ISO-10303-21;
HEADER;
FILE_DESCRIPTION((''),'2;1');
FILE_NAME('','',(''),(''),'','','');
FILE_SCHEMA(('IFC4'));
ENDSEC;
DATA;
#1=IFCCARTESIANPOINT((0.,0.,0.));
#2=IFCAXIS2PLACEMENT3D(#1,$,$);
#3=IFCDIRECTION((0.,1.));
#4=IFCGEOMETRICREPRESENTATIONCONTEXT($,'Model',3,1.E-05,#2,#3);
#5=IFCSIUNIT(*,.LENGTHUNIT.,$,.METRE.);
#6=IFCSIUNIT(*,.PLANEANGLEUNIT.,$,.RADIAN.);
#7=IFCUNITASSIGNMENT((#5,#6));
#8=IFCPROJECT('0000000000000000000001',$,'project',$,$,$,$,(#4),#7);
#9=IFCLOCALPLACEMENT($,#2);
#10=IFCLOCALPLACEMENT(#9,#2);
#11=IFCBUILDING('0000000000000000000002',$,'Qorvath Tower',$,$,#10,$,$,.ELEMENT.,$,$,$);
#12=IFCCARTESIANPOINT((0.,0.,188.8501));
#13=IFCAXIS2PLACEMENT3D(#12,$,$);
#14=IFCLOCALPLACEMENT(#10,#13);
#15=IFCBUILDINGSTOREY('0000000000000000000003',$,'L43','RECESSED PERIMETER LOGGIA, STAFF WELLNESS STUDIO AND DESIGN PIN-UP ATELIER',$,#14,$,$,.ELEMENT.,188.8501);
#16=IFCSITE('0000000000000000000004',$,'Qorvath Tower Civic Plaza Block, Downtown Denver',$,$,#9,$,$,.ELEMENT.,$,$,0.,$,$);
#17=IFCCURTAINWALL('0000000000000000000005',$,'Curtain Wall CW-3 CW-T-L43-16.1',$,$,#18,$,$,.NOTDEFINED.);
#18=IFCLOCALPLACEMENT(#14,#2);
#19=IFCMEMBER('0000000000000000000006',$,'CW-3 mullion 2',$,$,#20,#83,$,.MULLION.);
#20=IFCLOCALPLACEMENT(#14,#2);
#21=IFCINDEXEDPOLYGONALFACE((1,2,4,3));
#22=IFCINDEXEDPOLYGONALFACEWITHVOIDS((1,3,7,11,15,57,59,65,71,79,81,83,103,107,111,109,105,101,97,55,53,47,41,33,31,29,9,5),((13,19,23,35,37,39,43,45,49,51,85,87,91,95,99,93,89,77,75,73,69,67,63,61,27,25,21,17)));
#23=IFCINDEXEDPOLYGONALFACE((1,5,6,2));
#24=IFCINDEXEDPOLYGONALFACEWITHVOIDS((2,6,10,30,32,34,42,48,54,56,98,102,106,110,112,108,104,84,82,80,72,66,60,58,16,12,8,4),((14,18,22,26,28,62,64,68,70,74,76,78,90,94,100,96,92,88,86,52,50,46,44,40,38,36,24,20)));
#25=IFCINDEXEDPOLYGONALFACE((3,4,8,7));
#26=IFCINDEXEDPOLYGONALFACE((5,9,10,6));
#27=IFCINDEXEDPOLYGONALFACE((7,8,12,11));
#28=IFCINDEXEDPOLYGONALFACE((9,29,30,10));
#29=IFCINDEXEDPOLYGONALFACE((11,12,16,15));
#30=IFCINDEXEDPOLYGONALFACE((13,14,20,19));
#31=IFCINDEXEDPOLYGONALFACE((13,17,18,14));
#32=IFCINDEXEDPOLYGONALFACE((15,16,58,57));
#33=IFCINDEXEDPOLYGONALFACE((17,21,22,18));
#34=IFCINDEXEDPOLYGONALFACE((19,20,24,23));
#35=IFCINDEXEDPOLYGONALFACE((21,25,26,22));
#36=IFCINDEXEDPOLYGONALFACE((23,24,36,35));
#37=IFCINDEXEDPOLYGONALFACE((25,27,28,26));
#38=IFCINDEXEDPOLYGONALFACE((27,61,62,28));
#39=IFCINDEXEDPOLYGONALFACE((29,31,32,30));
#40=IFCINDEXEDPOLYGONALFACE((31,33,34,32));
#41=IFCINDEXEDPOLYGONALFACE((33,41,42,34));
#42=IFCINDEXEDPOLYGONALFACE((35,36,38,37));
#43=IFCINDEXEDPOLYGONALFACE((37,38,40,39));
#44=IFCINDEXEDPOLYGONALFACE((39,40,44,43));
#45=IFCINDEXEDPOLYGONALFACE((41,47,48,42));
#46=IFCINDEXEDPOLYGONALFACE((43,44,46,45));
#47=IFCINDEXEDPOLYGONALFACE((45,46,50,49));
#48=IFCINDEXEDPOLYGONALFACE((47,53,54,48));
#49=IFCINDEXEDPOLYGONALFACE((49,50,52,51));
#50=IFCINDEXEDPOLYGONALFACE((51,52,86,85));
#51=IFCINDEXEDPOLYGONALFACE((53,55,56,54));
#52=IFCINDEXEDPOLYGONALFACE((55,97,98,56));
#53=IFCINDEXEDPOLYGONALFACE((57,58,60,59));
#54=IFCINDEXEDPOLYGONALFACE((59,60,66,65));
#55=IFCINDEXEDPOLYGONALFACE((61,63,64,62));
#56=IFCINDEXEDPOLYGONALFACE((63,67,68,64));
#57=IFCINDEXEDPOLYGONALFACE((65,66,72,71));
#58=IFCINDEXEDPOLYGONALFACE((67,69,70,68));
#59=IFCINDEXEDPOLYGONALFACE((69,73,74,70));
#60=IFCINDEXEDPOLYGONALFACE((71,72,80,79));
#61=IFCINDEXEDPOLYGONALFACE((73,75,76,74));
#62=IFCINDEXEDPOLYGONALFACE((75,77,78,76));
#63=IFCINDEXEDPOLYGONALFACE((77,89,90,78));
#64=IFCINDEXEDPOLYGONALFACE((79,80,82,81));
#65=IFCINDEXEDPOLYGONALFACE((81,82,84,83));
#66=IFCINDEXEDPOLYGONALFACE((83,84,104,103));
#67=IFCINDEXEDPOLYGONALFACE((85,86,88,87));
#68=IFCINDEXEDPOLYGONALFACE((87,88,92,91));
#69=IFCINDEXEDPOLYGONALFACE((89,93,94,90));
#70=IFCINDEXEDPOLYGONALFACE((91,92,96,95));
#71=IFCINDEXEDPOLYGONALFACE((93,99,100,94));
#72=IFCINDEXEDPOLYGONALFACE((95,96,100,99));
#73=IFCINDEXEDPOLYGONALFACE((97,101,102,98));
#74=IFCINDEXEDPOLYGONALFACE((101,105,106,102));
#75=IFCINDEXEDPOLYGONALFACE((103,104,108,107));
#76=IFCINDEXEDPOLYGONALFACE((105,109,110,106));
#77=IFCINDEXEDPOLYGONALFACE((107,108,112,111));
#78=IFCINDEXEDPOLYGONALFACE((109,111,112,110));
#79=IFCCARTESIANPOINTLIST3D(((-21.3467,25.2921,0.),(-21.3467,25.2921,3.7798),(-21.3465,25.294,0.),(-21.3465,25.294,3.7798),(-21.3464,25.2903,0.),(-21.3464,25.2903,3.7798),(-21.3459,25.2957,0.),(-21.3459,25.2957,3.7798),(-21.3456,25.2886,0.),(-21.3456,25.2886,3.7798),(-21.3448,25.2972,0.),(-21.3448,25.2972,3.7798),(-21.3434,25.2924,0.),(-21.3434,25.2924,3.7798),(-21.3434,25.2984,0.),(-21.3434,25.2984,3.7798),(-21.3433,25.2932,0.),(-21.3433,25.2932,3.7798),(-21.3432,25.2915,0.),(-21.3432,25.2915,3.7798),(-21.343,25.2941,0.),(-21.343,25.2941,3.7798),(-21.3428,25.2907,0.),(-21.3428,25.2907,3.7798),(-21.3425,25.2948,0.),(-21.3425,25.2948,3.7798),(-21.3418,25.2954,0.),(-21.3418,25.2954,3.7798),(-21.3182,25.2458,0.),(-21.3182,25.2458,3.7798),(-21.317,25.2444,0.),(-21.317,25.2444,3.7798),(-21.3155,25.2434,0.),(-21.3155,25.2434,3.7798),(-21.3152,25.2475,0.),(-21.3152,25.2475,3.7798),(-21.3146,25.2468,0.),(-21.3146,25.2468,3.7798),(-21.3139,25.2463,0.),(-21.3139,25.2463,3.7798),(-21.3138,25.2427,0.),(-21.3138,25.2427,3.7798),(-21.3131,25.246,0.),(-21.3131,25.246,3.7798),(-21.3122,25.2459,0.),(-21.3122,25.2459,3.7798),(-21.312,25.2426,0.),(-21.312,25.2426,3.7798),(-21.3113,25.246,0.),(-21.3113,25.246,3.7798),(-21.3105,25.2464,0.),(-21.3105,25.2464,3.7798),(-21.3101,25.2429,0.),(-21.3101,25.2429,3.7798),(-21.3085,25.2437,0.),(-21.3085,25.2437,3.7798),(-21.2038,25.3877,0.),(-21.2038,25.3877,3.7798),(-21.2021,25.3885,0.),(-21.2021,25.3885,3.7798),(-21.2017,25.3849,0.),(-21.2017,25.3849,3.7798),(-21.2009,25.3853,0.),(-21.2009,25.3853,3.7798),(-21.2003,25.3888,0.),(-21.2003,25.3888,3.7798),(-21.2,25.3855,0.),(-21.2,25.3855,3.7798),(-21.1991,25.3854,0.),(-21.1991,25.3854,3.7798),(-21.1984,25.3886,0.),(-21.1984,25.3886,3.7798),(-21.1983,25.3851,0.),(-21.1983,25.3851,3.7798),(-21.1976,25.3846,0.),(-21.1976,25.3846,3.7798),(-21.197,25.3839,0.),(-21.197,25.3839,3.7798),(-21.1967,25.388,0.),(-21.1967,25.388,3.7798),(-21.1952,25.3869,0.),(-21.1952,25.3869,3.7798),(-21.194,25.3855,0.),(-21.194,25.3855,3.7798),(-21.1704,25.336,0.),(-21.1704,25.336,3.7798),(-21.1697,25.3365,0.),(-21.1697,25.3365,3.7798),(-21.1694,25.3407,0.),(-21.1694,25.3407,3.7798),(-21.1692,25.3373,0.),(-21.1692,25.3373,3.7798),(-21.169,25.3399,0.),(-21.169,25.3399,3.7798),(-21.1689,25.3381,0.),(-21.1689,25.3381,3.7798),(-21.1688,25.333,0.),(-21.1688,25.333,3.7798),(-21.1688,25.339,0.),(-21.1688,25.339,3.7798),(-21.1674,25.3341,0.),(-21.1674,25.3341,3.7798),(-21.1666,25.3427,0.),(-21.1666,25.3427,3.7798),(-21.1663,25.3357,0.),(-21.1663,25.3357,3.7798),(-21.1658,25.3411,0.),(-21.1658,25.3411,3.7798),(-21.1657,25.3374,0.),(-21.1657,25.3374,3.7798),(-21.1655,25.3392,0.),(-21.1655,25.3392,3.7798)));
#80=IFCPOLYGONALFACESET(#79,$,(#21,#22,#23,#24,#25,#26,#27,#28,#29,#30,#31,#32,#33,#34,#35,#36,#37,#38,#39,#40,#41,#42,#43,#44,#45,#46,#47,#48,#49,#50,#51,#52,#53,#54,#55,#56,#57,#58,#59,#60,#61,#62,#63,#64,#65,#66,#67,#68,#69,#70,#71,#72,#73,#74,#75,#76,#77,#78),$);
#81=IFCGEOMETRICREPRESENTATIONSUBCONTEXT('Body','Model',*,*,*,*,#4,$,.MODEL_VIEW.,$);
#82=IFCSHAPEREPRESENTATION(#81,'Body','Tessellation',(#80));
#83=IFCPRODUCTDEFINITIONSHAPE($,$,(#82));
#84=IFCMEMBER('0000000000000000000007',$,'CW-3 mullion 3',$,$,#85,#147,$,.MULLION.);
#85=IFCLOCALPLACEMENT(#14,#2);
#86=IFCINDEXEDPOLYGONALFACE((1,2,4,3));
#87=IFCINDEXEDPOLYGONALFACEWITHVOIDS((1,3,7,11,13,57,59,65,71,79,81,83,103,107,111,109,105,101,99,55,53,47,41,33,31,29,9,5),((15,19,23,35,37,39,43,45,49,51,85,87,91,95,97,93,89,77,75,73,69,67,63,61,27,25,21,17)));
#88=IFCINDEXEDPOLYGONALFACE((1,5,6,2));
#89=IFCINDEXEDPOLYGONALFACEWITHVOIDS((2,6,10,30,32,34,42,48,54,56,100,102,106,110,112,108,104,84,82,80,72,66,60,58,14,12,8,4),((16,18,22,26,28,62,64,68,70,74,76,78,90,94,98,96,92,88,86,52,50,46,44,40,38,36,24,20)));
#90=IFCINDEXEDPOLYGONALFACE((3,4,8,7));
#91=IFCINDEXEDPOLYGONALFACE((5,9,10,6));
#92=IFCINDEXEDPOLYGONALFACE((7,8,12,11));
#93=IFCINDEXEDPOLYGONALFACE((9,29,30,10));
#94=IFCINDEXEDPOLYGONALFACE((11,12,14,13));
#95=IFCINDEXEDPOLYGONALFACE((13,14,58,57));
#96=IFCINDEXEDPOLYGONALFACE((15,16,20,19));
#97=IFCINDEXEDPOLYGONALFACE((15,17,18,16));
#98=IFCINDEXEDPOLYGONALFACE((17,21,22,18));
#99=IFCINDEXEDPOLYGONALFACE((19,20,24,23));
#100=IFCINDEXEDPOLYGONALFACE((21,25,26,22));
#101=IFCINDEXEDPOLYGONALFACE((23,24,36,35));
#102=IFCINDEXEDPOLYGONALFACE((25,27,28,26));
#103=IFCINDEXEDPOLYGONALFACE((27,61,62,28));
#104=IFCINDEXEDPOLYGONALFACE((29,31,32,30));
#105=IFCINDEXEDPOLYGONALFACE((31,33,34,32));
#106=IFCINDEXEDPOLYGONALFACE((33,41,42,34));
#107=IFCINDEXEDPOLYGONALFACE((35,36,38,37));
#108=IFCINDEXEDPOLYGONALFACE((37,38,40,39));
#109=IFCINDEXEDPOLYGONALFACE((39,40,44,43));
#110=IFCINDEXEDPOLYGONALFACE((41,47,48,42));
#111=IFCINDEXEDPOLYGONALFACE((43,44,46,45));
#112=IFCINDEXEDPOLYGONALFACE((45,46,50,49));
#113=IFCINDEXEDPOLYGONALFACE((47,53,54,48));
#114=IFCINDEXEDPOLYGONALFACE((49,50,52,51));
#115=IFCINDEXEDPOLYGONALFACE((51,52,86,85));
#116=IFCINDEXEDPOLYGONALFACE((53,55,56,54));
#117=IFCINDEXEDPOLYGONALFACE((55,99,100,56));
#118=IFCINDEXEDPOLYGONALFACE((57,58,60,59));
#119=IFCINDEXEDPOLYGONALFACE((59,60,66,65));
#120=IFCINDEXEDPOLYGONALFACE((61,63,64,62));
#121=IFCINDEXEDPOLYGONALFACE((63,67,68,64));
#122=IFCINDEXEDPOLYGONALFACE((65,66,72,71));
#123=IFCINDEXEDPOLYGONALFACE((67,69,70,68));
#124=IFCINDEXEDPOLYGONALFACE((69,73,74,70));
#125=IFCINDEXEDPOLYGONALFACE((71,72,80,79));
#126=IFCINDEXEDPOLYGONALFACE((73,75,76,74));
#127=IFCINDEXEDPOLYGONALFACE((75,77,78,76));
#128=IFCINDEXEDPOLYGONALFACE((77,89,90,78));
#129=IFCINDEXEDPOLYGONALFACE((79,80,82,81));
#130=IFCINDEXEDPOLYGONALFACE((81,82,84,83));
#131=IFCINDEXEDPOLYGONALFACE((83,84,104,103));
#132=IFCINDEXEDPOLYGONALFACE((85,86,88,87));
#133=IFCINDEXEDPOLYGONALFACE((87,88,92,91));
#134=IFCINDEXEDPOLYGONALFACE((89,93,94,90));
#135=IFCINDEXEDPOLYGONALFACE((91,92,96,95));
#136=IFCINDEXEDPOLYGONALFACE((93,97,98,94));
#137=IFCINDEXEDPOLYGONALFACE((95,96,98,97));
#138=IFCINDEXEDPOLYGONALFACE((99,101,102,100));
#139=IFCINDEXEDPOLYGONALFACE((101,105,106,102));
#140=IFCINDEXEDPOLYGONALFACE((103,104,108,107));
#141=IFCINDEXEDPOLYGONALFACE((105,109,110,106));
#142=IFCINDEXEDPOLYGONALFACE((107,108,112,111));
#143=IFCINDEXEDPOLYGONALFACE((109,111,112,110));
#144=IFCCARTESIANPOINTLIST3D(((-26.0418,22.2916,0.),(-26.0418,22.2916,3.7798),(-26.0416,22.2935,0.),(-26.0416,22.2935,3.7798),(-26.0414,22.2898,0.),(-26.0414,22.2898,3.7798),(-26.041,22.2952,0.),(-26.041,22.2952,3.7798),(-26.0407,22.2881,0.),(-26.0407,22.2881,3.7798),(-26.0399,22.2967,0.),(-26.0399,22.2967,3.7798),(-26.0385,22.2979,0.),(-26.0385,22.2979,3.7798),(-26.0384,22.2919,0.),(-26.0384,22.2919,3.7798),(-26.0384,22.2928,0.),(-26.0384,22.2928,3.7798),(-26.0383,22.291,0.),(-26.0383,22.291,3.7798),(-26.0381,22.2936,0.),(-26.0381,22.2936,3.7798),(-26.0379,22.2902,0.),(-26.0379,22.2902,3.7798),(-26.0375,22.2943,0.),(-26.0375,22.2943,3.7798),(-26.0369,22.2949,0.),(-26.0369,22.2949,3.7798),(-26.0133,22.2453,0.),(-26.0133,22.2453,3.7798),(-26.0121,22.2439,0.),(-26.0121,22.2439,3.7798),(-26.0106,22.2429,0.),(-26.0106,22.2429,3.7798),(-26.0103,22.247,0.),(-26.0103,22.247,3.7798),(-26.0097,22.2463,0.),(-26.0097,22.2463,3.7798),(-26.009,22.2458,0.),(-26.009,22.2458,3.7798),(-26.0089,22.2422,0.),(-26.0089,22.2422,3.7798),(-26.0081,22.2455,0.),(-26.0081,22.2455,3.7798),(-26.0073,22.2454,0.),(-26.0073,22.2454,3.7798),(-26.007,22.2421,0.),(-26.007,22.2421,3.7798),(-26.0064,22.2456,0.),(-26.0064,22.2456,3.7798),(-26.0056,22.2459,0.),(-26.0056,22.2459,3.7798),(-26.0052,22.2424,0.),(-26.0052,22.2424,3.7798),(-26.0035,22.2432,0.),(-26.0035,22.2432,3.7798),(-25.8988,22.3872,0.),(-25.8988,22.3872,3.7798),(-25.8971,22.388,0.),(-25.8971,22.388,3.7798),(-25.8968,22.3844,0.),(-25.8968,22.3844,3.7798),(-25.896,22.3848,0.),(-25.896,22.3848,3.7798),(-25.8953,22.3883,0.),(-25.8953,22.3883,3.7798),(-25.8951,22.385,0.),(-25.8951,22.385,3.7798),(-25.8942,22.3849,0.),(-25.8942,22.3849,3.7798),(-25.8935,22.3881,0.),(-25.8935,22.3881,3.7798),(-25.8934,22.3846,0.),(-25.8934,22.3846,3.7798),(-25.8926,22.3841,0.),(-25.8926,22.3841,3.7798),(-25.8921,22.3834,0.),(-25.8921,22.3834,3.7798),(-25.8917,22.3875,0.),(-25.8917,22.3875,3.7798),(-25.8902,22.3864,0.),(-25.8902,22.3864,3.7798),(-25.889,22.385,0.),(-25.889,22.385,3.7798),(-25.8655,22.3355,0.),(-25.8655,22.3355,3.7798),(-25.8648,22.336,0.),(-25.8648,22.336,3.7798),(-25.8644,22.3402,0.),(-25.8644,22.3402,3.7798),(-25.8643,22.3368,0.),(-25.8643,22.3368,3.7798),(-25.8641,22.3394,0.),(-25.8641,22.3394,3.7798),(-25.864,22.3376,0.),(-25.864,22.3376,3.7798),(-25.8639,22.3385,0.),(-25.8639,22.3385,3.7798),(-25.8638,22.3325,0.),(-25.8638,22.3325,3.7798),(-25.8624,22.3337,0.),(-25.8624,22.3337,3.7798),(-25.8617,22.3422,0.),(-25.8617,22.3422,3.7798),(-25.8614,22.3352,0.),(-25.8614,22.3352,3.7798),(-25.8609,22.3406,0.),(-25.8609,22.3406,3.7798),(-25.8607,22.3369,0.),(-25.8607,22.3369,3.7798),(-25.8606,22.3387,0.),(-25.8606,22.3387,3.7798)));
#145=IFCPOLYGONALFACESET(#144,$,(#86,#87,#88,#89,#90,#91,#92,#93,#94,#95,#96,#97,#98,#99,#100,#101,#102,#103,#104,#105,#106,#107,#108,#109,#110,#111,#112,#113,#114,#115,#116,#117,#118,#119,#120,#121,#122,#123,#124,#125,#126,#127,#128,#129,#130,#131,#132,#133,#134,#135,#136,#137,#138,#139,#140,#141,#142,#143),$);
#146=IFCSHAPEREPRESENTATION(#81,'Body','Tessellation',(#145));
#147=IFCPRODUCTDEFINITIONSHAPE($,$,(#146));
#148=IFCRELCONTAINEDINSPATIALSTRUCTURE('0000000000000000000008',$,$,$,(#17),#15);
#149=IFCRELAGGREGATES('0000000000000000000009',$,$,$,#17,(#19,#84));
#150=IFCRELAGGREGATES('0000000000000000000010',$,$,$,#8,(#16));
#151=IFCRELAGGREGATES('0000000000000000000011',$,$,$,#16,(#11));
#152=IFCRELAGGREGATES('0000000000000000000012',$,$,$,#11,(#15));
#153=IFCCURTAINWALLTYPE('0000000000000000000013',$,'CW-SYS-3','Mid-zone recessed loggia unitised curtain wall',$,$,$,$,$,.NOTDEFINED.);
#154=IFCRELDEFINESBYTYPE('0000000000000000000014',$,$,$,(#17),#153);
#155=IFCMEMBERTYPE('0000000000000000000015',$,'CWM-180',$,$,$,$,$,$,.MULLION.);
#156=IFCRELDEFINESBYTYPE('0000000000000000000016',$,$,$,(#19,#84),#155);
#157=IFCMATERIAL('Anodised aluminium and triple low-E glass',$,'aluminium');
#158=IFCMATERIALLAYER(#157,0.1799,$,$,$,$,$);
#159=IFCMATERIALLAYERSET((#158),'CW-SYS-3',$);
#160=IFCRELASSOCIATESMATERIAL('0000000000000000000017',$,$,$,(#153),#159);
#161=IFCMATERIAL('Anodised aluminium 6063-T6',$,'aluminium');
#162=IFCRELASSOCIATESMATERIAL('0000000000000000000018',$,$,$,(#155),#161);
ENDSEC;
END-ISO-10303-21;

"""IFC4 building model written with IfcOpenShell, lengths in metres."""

from ifc_helpers import new_model, si_unit, direction, frame, origin, origin_2d, place, context, subcontext, project, spatial, hollow_rectangle, extrude, material, layer, layer_set, material_profile, profile_set, type_object, element, aggregate, save


model = new_model("IFC4")

# Units and contexts
model_context = context("Model", 3, precision=1e-05, world=origin(), true_north=direction((0.0, 1.0)))
body_context = subcontext(model_context, "Body", "Model", "MODEL_VIEW")
ifc_project = project(units=[si_unit("LENGTHUNIT", "METRE"), si_unit("PLANEANGLEUNIT", "RADIAN")], contexts=[model_context])

# Site, building, storey
site_placement = place(None, origin())
site = spatial("IfcSite", under=ifc_project, at=site_placement, Name="Qorvath Tower Civic Plaza Block, Downtown Denver", CompositionType="ELEMENT", RefElevation=0.0)
building_placement = place(site_placement, origin())
building = spatial("IfcBuilding", under=site, at=building_placement, Name="Qorvath Tower", CompositionType="ELEMENT")
storey_placement = place(building_placement, frame((0.0, 0.0, 188.8501)))
storey = spatial("IfcBuildingStorey", under=building, at=storey_placement, Name="L43", Description="RECESSED PERIMETER LOGGIA, STAFF WELLNESS STUDIO AND DESIGN PIN-UP ATELIER", CompositionType="ELEMENT", Elevation=188.8501)

# Curtain wall, members
ifc_material_1 = material(Name="Anodised aluminium and triple low-E glass", Category="aluminium")
ifc_layer_1 = layer(ifc_material_1, 0.1799)
ifc_layer_set_1 = layer_set([ifc_layer_1], Name="CW-SYS-3")
curtain_wall_type = type_object("IfcCurtainWallType", Name="CW-SYS-3", Description="Mid-zone recessed loggia unitised curtain wall", PredefinedType="NOTDEFINED", material=ifc_layer_set_1)
curtain_wall_placement = place(storey_placement, origin())
curtain_wall = element("IfcCurtainWall", 1, at=curtain_wall_placement, inside=storey, type_object=curtain_wall_type, Name="Curtain Wall CW-3 CW-T-L43-16.1", PredefinedType="NOTDEFINED")
ifc_material_2 = material(Name="Anodised aluminium 6063-T6", Category="aluminium")
ifc_material_profile_1 = material_profile(ifc_material_2, hollow_rectangle(XDim=0.0649, YDim=0.1799, WallThickness=0.0034, InnerFilletRadius=0.0034, OuterFilletRadius=0.0071, at=origin_2d()), Name="CWM 180x65")
ifc_profile_set_1 = profile_set([ifc_material_profile_1], Name="Anodised aluminium 6063-T6")
member_type_1 = type_object("IfcMemberType", Name="CWM-180", PredefinedType="MULLION", material=ifc_profile_set_1)
member_1_placement = place(storey_placement, frame((-21.2561, 25.3157, 0.0), z_axis=(0.0, 0.0, 1.0), x_axis=(0.538531, -0.842606, 0.0)))
member_1 = element("IfcMember", 2, at=member_1_placement, type_object=member_type_1, Name="CW-3 mullion 2", PredefinedType="MULLION", context=body_context, shape_type="SweptSolid", body=[
    extrude(hollow_rectangle(XDim=0.0649, YDim=0.1799, WallThickness=0.0034, InnerFilletRadius=0.0034, OuterFilletRadius=0.0071, at=origin_2d()), origin(), (0.0, 0.0, 1.0), 3.7798),
])
member_2_placement = place(storey_placement, frame((-25.9512, 22.3152, 0.0), z_axis=(0.0, 0.0, 1.0), x_axis=(0.538531, -0.842606, 0.0)))
member_2 = element("IfcMember", 3, at=member_2_placement, type_object=member_type_1, Name="CW-3 mullion 3", PredefinedType="MULLION", context=body_context, shape_type="SweptSolid", body=[
    extrude(hollow_rectangle(XDim=0.0649, YDim=0.1799, WallThickness=0.0034, InnerFilletRadius=0.0034, OuterFilletRadius=0.0071, at=origin_2d()), origin(), (0.0, 0.0, 1.0), 3.7798),
])
aggregate(curtain_wall, [member_1, member_2])

save(model, "model.ifc")
